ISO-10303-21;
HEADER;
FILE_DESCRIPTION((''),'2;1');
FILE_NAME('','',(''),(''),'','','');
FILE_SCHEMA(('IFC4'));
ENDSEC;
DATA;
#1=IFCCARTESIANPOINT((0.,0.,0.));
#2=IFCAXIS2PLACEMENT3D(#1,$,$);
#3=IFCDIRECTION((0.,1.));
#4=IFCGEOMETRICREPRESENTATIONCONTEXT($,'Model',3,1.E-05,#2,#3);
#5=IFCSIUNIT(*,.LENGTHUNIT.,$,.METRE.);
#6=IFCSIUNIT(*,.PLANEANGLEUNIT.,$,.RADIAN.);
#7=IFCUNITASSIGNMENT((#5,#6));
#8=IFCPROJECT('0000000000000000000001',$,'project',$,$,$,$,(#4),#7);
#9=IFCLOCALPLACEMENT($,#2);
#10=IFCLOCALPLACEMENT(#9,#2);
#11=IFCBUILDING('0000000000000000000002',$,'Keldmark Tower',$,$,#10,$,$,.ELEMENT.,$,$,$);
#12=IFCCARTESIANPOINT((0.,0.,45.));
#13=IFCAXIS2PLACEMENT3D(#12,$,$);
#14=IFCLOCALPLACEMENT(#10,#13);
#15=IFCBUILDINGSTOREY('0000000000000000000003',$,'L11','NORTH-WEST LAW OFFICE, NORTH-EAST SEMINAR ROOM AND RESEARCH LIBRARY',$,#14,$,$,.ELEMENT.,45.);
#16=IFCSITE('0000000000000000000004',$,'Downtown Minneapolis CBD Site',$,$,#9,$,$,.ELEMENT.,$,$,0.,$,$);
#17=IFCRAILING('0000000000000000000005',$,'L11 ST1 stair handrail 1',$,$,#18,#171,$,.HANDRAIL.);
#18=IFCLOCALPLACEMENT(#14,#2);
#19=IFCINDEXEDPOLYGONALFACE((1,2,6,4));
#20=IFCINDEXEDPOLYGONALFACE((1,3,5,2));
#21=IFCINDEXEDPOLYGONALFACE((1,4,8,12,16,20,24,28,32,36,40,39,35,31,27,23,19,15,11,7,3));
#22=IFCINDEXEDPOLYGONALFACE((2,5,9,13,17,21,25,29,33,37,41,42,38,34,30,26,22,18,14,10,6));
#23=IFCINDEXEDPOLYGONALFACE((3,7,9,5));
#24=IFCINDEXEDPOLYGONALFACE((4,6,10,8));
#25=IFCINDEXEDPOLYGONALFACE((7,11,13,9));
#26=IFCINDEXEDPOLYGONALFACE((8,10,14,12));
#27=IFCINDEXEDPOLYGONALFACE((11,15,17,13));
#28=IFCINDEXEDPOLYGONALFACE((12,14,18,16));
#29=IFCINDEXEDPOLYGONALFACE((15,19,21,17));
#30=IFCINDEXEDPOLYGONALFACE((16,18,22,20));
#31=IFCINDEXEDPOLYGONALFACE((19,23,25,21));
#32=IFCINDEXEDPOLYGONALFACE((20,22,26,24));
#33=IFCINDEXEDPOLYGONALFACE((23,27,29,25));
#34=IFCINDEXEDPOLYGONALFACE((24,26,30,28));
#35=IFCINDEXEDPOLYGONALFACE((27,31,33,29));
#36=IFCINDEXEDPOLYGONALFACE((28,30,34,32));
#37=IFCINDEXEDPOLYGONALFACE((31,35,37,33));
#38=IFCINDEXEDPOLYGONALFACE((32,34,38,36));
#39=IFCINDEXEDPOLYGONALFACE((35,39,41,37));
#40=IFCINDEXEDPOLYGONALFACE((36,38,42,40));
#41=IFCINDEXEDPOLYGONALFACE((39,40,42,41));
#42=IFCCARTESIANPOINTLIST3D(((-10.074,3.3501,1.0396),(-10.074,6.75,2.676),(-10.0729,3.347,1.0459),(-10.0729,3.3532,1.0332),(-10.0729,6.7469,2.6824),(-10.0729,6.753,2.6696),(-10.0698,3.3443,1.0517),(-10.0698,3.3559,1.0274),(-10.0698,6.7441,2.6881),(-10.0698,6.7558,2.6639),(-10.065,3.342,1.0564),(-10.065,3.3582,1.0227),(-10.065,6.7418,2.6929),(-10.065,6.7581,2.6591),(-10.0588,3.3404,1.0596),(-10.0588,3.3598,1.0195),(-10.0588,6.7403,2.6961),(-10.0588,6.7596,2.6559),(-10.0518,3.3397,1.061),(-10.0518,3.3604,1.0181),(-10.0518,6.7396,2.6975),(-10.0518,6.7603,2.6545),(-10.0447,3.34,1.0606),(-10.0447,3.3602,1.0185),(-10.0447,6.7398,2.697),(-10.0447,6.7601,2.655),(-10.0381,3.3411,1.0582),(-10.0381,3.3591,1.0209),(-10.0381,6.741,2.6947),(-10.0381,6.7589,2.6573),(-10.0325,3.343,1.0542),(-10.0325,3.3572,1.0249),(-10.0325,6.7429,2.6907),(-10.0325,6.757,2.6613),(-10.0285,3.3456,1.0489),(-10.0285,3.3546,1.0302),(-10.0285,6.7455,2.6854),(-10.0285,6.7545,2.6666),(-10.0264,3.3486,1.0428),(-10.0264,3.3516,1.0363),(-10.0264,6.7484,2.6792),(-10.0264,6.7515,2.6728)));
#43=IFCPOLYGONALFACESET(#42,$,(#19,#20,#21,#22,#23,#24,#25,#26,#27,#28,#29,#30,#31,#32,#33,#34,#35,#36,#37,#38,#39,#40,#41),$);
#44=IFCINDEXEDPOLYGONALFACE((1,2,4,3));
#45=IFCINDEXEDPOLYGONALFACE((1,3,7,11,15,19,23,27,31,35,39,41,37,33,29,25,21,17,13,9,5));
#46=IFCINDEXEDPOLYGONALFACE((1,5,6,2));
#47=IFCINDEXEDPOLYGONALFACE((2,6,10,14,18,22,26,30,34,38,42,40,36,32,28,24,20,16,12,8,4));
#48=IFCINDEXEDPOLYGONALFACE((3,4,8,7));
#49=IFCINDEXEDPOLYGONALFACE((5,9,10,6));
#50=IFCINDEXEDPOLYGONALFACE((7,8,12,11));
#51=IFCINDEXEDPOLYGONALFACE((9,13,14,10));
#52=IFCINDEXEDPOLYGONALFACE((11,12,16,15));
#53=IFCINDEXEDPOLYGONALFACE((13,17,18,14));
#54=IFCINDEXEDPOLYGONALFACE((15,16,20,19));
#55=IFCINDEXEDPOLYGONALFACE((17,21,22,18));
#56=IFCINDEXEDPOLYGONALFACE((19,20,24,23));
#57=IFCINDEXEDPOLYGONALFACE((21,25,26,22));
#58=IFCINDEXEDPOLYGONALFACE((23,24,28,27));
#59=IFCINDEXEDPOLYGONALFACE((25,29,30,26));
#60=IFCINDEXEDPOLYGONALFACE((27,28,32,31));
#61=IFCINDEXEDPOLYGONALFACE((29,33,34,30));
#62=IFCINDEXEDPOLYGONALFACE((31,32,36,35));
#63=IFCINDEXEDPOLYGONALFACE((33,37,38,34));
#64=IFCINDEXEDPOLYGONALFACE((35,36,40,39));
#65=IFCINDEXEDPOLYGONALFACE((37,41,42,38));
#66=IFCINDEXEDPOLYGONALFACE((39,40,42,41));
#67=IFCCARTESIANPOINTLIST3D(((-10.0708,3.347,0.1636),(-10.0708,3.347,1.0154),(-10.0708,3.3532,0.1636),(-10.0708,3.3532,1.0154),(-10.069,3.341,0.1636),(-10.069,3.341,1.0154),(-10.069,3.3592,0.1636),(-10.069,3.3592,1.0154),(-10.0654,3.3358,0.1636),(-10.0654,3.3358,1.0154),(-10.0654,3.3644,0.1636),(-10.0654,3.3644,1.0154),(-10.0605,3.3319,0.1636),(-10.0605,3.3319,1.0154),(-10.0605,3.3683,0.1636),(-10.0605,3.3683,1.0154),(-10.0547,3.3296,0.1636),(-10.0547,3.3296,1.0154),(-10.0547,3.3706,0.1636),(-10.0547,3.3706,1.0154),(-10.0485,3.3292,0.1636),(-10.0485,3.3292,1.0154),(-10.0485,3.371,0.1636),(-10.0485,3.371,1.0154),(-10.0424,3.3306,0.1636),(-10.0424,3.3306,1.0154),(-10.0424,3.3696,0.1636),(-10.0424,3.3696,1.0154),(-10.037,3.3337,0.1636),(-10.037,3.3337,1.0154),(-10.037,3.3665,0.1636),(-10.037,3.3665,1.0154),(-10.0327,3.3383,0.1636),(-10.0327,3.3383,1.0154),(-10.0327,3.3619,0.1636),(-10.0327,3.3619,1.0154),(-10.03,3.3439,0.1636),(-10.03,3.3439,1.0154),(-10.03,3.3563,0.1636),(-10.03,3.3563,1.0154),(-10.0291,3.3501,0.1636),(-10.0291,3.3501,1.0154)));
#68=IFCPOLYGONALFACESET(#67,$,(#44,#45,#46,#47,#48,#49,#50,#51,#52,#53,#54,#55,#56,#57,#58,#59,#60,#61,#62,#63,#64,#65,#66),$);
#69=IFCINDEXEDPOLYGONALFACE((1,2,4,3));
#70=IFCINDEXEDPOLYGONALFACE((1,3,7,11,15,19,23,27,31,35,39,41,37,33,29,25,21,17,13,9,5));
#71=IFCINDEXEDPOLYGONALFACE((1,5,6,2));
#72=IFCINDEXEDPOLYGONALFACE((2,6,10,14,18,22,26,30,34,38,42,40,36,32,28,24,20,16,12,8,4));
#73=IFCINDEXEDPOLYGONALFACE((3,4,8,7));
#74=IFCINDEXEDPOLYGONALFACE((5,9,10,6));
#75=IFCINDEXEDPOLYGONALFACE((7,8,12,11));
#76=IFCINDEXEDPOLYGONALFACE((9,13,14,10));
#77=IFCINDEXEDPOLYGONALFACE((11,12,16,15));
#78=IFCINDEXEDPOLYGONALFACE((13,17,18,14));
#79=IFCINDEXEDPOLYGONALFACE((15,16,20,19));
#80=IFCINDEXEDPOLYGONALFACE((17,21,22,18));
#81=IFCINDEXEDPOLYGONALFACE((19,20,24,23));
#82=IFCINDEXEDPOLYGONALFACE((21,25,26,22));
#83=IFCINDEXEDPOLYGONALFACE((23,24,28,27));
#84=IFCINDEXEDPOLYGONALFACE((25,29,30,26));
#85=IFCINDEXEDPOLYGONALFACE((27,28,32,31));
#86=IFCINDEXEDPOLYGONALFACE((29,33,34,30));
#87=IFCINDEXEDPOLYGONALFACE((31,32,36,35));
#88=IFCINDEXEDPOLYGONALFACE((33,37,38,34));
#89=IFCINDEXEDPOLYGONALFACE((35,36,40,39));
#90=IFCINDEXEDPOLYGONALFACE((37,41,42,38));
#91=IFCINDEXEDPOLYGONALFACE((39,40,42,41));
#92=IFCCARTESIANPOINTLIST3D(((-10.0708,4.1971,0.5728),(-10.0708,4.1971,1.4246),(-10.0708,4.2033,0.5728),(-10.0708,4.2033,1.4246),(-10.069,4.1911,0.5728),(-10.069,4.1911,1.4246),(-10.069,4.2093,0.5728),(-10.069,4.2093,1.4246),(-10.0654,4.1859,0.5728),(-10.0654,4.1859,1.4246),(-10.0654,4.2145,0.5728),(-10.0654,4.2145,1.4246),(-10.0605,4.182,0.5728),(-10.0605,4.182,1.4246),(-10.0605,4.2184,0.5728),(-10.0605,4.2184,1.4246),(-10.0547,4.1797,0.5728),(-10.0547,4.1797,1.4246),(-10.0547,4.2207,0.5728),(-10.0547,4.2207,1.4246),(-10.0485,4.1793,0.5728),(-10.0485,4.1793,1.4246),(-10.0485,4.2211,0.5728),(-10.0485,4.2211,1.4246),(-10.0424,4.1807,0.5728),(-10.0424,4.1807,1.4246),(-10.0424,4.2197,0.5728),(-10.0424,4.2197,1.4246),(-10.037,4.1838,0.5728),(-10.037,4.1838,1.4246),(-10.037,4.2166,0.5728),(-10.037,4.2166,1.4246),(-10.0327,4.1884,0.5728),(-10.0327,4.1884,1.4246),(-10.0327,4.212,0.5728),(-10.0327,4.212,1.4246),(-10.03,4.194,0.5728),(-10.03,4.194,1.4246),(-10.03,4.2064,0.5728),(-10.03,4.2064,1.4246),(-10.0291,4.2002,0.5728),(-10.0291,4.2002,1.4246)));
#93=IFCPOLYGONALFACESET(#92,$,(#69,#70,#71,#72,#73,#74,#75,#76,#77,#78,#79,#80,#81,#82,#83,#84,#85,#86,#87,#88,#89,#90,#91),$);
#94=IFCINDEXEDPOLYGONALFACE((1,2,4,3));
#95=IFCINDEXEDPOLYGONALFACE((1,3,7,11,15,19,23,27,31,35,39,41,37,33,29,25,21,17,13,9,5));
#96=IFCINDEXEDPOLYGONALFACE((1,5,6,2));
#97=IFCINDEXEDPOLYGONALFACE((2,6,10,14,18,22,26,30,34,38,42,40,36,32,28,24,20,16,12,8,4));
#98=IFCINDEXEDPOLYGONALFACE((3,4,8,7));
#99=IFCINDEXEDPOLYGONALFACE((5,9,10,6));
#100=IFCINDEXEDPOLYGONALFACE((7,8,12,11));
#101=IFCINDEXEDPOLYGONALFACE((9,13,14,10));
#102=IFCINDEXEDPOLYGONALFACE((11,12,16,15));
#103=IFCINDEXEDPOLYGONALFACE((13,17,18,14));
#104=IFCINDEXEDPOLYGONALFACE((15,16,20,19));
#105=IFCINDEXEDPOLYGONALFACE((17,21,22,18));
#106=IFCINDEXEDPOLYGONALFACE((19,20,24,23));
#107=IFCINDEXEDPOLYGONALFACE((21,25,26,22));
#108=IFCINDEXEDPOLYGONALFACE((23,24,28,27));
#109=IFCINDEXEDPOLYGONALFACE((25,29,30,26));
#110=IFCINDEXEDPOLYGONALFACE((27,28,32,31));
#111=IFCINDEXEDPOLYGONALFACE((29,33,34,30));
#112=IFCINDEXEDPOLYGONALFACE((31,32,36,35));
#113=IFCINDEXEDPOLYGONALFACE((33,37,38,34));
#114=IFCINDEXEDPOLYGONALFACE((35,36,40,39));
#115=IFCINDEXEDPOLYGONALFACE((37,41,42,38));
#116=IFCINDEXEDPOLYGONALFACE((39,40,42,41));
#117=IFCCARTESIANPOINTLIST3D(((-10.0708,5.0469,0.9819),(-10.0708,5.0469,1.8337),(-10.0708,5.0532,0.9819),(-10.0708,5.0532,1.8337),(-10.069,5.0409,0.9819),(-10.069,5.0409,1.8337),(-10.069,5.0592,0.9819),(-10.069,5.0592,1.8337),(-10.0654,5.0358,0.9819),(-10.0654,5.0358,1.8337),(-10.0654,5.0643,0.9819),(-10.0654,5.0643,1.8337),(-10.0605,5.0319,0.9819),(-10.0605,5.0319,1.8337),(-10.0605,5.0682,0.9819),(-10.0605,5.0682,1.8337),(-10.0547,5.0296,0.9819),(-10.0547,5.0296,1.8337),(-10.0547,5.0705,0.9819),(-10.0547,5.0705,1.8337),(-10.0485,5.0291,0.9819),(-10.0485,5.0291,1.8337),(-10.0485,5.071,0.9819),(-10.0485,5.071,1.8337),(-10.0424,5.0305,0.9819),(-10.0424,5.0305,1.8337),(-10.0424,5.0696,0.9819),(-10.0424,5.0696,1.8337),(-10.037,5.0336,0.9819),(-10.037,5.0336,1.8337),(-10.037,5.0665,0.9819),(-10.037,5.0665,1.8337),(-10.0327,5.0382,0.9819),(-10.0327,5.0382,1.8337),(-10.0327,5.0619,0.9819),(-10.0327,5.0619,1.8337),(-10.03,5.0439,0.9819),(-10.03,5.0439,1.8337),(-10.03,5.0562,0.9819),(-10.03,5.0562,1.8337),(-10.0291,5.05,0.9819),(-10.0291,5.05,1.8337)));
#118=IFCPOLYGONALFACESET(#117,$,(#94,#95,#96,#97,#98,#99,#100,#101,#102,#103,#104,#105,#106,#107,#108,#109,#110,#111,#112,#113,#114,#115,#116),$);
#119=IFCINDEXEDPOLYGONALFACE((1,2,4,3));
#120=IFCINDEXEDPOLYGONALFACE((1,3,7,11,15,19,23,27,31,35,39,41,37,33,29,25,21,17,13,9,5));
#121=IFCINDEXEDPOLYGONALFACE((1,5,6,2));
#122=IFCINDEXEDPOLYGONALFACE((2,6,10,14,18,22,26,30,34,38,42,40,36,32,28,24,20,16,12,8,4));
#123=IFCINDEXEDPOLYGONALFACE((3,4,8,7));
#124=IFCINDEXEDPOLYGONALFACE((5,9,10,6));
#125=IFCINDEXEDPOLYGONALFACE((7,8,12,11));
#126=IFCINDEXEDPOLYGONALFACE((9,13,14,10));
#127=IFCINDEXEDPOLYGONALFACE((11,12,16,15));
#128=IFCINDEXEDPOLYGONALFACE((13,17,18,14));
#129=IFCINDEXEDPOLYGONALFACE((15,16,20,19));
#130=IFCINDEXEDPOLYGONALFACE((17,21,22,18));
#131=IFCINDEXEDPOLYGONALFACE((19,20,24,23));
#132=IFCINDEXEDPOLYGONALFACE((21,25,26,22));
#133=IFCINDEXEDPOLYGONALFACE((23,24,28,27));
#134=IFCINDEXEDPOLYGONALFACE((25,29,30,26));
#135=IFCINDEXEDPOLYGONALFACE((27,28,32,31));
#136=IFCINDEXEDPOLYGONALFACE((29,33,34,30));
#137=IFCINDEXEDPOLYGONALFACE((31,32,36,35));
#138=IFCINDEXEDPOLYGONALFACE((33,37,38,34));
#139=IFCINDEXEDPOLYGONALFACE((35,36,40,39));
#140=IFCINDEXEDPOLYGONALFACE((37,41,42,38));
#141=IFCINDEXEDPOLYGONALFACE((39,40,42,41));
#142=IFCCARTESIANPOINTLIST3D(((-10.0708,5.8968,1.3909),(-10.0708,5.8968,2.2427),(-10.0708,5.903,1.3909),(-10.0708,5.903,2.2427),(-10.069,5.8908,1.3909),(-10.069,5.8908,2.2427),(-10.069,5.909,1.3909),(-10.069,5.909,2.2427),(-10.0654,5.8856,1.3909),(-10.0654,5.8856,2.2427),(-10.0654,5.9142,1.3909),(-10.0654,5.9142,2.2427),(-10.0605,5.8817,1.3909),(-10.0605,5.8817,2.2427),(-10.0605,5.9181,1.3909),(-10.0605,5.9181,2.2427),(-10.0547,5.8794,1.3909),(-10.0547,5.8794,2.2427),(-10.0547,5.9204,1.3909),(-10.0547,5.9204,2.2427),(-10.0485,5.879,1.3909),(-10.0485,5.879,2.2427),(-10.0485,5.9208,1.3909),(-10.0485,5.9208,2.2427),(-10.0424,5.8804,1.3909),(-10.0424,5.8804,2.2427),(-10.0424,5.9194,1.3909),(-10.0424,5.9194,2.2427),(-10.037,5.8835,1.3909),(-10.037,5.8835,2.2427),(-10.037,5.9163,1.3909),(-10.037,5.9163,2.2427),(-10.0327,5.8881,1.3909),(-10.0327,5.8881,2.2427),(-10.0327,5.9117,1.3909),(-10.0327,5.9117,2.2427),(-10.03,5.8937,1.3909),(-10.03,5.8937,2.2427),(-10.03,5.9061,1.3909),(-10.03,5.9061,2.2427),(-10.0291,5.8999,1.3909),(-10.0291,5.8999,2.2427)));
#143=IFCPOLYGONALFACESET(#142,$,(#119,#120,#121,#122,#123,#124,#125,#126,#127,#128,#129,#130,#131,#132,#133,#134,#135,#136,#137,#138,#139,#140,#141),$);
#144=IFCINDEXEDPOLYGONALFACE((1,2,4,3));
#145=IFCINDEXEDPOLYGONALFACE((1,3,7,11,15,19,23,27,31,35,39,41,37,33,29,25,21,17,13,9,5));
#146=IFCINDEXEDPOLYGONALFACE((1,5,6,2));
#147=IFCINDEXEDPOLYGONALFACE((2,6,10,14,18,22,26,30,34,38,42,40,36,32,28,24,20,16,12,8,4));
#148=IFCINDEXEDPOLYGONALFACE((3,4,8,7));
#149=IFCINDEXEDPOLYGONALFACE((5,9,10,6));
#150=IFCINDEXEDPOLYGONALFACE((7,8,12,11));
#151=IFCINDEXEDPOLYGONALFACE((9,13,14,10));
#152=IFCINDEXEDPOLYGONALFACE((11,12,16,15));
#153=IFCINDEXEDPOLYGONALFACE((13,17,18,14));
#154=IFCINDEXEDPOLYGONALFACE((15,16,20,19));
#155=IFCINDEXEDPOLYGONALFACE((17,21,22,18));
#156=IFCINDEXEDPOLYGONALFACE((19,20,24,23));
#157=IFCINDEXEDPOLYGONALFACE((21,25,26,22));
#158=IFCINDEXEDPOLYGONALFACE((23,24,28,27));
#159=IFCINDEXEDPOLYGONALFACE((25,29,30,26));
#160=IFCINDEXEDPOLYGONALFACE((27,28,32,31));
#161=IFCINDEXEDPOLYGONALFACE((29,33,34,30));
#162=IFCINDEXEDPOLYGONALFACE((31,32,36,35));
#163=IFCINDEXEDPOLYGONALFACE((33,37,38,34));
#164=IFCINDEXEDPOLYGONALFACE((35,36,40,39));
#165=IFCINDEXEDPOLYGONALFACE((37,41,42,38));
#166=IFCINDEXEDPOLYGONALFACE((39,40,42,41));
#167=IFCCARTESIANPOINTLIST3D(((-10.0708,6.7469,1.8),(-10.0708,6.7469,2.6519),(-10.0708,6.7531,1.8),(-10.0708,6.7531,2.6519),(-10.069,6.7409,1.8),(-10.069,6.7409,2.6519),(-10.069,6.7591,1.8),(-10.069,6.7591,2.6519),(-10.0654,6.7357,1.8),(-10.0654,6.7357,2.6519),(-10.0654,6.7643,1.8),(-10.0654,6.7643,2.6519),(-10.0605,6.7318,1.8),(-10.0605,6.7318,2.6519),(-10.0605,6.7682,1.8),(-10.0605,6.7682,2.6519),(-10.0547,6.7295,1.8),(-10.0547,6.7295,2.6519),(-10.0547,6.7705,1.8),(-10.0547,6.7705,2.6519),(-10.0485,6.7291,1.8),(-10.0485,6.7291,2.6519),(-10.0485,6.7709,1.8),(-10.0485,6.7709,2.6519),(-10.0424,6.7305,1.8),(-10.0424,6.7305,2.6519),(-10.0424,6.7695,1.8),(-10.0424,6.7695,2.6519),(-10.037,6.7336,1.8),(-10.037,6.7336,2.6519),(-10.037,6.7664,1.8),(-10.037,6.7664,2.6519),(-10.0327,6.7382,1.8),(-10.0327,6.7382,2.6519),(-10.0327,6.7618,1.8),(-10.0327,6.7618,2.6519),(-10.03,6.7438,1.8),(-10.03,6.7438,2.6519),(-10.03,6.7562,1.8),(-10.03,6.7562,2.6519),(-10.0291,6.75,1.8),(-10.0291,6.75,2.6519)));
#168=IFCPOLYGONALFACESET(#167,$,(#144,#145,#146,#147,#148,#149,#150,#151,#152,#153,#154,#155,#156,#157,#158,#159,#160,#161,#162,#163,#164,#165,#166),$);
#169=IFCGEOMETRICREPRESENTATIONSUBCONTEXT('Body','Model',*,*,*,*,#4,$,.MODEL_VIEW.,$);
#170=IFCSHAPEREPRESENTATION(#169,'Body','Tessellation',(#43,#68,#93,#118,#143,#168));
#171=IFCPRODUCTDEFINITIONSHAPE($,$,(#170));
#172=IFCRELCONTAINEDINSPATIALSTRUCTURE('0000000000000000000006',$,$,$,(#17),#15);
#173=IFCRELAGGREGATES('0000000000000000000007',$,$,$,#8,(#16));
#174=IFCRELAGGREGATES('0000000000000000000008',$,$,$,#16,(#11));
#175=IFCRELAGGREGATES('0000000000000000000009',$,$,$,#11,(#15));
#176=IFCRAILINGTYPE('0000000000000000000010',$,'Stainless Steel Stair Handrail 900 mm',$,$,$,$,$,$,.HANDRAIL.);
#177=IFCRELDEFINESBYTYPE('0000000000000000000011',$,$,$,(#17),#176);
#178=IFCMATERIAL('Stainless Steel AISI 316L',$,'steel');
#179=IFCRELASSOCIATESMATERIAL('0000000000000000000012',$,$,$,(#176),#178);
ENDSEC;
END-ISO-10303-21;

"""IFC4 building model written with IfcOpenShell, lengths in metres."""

from ifc_helpers import new_model, si_unit, direction, frame, origin, origin_2d, place, context, subcontext, project, spatial, circle, extrude, material, type_object, element, save


model = new_model("IFC4")

# Units and contexts
model_context = context("Model", 3, precision=1e-05, world=origin(), true_north=direction((0.0, 1.0)))
body_context = subcontext(model_context, "Body", "Model", "MODEL_VIEW")
ifc_project = project(units=[si_unit("LENGTHUNIT", "METRE"), si_unit("PLANEANGLEUNIT", "RADIAN")], contexts=[model_context])

# Site, building, storey
site_placement = place(None, origin())
site = spatial("IfcSite", under=ifc_project, at=site_placement, Name="Downtown Minneapolis CBD Site", CompositionType="ELEMENT", RefElevation=0.0)
building_placement = place(site_placement, origin())
building = spatial("IfcBuilding", under=site, at=building_placement, Name="Keldmark Tower", CompositionType="ELEMENT")
storey_placement = place(building_placement, frame((0.0, 0.0, 45.0)))
storey = spatial("IfcBuildingStorey", under=building, at=storey_placement, Name="L11", Description="NORTH-WEST LAW OFFICE, NORTH-EAST SEMINAR ROOM AND RESEARCH LIBRARY", CompositionType="ELEMENT", Elevation=45.0)

# Railing
ifc_material_1 = material(Name="Stainless Steel AISI 316L", Category="steel")
railing_type_1 = type_object("IfcRailingType", Name="Stainless Steel Stair Handrail 900 mm", PredefinedType="HANDRAIL", material=ifc_material_1)
railing_1_placement = place(storey_placement, frame((-10.05, 3.3501, 0.1636)))
element("IfcRailing", 1, at=railing_1_placement, inside=storey, type_object=railing_type_1, Name="L11 ST1 stair handrail 1", PredefinedType="HANDRAIL", context=body_context, shape_type="SweptSolid", body=[
    extrude(circle(Radius=0.0239, at=origin_2d()), frame((0.0, 0.0, 0.876), z_axis=(0.0, 0.901055, 0.433705), x_axis=(-1.0, 0.0, 0.0)), (0.0, 0.0, 1.0), 3.7732),
    extrude(circle(Radius=0.021, at=origin_2d()), origin(), (0.0, 0.0, 1.0), 0.8518),
    extrude(circle(Radius=0.021, at=origin_2d()), frame((0.0, 0.8501, 0.4092)), (0.0, 0.0, 1.0), 0.8518),
    extrude(circle(Radius=0.021, at=origin_2d()), frame((0.0, 1.7, 0.8184)), (0.0, 0.0, 1.0), 0.8518),
    extrude(circle(Radius=0.021, at=origin_2d()), frame((0.0, 2.5498, 1.2273)), (0.0, 0.0, 1.0), 0.8518),
    extrude(circle(Radius=0.021, at=origin_2d()), frame((0.0, 3.3999, 1.6365)), (0.0, 0.0, 1.0), 0.8518),
])

save(model, "model.ifc")
